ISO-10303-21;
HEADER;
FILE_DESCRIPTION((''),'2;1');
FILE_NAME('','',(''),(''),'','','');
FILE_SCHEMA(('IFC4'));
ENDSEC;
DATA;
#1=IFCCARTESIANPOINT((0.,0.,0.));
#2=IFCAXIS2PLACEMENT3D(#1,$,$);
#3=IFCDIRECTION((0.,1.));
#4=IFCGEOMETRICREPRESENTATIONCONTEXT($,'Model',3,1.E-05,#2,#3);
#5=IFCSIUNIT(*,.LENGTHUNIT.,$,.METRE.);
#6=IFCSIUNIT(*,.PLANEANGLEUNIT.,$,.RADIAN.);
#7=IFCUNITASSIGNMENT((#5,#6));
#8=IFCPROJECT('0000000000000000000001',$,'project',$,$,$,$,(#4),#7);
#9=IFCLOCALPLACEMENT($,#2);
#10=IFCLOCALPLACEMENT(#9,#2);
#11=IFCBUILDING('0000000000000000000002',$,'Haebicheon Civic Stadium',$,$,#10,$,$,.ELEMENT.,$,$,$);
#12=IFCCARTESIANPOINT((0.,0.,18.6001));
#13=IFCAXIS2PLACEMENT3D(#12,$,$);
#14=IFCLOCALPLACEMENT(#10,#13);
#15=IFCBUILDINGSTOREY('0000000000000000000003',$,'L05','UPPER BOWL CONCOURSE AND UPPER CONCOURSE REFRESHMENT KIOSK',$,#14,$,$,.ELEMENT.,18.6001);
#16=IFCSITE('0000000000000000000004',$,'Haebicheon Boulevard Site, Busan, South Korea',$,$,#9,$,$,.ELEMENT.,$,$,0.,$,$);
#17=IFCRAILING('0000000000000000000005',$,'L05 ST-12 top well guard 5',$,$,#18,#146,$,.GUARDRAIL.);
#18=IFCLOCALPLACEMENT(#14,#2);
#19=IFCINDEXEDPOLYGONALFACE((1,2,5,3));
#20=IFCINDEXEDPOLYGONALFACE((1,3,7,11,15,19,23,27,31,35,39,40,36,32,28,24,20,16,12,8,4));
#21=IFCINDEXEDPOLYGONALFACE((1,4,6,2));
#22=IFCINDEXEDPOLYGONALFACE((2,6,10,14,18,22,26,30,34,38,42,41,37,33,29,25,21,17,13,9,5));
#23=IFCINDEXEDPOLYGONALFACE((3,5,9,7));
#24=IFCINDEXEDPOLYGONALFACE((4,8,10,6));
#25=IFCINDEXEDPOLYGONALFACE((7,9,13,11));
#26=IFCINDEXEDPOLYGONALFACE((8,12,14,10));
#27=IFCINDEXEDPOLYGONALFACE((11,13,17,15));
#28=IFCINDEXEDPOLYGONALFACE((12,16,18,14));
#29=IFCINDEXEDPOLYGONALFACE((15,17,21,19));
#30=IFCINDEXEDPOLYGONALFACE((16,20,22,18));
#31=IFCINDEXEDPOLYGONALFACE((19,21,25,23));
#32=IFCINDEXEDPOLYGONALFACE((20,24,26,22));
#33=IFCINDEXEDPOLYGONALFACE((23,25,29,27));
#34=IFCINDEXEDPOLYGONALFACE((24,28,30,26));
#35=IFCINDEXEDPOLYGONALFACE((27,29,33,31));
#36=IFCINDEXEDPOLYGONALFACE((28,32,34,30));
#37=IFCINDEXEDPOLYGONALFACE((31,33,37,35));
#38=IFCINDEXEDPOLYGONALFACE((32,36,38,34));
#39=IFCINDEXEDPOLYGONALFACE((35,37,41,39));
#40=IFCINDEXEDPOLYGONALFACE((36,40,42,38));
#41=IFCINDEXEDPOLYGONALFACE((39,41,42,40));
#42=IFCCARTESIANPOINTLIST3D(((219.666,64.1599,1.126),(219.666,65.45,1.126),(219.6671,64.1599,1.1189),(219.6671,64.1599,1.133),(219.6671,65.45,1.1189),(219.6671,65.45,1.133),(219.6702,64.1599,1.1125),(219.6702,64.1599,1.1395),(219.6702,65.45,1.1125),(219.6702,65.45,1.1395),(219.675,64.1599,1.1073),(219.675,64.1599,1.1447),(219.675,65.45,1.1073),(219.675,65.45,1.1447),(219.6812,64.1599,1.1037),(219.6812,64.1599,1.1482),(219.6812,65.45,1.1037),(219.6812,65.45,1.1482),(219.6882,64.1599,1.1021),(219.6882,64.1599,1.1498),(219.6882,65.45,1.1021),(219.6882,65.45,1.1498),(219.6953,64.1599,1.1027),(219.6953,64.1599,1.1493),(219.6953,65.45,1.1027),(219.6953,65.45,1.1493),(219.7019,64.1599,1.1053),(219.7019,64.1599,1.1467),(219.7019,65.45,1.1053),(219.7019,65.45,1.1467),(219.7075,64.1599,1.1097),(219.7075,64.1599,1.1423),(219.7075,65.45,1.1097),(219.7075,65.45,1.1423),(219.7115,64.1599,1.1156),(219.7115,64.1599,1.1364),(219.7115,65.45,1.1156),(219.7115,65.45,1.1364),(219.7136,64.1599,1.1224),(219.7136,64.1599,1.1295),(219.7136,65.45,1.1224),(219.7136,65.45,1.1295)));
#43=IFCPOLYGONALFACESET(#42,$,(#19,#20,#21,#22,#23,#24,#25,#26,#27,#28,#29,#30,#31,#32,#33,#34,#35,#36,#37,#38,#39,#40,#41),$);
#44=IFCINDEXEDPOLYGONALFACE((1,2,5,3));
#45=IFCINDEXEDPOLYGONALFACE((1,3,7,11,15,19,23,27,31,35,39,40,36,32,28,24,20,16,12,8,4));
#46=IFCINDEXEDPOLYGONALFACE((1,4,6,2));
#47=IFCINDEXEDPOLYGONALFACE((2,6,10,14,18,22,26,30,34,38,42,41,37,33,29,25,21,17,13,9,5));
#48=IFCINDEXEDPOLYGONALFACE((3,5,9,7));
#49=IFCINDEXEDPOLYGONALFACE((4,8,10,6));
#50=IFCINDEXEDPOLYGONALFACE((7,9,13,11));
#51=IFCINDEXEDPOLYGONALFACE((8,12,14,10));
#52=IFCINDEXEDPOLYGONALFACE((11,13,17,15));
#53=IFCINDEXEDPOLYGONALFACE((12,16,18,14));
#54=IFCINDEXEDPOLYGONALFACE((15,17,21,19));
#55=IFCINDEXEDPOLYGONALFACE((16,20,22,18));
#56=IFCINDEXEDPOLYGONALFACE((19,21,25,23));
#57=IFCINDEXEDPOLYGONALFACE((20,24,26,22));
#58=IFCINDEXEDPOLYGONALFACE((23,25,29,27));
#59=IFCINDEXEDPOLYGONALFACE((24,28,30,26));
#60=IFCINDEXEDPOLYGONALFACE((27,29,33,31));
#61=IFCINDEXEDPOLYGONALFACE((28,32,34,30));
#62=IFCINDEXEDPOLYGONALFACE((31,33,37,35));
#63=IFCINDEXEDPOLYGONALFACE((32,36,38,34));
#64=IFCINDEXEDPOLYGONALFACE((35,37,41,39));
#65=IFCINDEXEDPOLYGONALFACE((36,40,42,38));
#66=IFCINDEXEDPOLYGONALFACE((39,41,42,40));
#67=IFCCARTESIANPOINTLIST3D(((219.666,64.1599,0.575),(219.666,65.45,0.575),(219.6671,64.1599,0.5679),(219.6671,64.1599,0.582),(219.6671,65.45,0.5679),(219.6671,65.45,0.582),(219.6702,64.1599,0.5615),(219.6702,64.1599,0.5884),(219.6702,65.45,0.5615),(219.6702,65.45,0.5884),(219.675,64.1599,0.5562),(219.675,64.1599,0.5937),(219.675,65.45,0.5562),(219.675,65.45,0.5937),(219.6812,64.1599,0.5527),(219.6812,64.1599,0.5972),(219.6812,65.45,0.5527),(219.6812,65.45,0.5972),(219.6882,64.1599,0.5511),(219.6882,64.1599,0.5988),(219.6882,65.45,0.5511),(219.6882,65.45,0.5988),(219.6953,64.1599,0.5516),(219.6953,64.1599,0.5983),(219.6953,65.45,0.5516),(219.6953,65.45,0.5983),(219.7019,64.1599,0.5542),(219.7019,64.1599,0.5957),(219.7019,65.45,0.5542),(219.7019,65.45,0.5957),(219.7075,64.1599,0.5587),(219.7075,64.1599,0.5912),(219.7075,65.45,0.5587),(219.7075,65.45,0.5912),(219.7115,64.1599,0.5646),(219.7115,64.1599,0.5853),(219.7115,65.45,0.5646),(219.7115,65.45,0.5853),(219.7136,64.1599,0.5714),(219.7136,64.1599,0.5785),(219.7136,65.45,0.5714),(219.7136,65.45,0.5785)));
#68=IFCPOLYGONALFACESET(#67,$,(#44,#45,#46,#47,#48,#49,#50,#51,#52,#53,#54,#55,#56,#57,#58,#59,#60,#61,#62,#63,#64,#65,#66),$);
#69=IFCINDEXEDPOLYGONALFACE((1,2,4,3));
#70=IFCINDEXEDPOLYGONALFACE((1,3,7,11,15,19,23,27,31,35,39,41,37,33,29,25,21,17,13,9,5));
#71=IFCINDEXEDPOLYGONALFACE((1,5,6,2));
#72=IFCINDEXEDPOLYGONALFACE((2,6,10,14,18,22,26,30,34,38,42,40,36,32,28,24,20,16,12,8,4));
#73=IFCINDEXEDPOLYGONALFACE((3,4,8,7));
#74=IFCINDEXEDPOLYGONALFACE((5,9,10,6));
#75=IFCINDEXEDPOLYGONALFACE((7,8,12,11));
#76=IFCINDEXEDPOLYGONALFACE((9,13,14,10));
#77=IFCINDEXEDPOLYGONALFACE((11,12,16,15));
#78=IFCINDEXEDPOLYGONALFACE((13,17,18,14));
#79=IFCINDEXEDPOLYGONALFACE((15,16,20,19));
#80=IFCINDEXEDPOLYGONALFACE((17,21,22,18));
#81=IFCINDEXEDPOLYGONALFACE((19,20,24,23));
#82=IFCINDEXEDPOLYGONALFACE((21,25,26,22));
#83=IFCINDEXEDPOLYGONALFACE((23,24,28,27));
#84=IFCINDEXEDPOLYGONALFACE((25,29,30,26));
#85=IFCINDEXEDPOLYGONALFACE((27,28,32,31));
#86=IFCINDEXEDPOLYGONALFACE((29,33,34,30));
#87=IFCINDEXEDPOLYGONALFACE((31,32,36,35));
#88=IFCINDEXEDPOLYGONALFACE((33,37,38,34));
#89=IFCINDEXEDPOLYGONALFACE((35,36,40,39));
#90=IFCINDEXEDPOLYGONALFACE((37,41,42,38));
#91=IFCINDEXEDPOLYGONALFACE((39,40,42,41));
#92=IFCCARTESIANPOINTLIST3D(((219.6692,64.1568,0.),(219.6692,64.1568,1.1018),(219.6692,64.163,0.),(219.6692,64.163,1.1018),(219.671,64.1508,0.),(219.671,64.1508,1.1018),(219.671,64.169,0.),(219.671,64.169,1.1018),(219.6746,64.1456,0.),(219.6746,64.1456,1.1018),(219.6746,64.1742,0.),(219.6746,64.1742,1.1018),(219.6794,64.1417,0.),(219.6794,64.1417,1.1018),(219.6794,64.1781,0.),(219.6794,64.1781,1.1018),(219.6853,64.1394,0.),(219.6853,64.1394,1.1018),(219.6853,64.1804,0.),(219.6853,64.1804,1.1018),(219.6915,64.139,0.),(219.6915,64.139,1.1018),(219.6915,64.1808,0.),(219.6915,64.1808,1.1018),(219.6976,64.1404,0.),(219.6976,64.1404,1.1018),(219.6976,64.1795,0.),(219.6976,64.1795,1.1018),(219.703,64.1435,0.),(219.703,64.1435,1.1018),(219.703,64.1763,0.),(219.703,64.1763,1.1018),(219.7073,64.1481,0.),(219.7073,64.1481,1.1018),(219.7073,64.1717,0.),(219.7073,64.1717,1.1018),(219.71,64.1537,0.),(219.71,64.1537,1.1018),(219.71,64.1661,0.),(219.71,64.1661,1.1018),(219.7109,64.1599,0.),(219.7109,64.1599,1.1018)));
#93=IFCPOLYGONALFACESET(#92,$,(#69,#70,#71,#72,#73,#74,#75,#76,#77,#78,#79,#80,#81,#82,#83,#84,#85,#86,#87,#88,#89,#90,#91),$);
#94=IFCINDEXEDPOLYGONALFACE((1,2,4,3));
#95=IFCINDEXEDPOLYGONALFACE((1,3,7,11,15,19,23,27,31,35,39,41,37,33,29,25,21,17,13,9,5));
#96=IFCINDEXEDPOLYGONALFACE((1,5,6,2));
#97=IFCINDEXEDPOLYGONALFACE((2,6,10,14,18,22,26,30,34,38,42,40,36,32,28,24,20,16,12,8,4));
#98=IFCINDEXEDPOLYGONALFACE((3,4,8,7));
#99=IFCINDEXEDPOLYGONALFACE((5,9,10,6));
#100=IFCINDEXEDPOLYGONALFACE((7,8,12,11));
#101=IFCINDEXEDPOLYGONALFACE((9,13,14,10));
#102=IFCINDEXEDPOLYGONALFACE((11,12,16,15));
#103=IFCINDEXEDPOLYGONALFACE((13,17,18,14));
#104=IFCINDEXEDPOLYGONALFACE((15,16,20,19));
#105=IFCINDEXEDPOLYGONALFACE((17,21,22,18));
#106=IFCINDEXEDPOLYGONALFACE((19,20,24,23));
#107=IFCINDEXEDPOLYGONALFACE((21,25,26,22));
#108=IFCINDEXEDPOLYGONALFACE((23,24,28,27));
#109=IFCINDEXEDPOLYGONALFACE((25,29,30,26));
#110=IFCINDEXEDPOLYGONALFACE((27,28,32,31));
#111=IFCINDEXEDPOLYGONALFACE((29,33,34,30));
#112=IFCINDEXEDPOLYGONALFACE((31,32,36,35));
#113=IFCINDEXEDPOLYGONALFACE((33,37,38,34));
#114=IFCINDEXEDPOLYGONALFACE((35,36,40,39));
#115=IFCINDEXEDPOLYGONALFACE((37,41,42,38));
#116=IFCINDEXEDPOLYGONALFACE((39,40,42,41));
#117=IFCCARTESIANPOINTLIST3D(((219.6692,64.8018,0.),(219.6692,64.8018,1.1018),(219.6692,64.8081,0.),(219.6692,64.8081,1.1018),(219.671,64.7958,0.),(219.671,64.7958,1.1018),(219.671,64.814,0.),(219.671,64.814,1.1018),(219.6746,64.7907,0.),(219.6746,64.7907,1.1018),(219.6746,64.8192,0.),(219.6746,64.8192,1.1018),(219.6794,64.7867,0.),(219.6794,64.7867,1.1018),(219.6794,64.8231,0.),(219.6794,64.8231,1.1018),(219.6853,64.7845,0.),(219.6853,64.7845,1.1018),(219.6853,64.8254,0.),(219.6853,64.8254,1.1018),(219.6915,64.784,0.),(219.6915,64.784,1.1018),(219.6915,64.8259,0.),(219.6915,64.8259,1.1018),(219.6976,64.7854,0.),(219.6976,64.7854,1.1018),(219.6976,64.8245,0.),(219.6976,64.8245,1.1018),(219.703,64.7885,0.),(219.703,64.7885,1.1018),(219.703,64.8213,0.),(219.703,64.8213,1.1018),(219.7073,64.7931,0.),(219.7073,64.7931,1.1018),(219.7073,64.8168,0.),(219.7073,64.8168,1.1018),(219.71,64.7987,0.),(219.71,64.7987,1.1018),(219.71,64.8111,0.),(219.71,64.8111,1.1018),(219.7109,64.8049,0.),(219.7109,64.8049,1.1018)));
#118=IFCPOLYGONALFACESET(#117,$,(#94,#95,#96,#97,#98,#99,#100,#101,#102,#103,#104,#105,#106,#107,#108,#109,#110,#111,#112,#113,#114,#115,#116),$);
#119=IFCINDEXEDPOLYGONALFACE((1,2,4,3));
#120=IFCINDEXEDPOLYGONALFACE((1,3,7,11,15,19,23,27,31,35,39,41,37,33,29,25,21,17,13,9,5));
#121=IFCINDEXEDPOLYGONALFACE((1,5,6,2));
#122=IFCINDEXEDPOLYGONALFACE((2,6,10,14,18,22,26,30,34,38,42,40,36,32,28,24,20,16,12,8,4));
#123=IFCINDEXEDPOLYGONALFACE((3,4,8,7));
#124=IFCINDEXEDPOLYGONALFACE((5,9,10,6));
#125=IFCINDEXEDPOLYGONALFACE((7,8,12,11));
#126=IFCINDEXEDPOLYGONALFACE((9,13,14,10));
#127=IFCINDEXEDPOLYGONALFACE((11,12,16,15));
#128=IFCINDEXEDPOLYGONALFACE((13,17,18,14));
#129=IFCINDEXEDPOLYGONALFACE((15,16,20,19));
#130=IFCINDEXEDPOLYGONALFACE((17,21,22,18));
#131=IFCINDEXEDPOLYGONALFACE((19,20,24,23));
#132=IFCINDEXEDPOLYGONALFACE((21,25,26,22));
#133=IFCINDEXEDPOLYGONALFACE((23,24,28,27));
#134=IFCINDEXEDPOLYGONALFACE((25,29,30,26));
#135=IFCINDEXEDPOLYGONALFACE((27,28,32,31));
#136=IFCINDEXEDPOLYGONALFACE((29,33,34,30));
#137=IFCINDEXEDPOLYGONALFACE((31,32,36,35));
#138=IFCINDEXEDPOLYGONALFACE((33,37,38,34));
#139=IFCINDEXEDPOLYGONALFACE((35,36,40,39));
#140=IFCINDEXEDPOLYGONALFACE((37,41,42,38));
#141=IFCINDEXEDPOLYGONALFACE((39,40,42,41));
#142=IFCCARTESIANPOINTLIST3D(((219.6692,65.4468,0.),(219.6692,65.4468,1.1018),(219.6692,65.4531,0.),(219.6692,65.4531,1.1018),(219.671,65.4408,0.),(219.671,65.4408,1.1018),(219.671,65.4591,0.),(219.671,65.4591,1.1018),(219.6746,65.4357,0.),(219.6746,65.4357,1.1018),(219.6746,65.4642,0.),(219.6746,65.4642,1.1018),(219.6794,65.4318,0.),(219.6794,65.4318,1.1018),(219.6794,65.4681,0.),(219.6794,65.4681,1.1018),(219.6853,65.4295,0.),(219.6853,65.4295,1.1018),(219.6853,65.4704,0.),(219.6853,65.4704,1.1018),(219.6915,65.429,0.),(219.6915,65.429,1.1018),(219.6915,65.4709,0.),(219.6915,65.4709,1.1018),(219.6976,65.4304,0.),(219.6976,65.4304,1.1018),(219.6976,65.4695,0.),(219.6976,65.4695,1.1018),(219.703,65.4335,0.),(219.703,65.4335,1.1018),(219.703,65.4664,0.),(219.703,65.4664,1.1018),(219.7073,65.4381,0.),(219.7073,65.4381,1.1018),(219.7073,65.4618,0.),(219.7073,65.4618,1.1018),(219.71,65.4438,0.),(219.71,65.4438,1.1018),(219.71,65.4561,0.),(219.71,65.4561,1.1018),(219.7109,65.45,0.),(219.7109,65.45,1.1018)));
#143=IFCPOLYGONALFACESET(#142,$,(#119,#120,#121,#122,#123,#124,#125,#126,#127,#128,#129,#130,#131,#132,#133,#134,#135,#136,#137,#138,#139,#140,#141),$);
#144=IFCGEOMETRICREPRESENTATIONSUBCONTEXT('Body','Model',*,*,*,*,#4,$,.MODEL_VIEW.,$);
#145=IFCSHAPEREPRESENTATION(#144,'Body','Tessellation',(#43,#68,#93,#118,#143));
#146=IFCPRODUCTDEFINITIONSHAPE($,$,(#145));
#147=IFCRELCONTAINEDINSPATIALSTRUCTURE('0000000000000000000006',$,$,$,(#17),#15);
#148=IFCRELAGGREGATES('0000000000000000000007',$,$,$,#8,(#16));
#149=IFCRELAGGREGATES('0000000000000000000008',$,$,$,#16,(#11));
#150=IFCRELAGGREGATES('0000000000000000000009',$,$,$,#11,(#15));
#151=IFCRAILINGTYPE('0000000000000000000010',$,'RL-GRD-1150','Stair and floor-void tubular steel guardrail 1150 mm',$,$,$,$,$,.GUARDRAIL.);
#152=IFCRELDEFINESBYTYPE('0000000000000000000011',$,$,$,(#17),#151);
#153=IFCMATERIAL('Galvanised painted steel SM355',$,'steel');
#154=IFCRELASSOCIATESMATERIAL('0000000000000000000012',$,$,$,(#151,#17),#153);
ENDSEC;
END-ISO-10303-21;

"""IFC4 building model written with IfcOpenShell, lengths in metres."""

from ifc_helpers import new_model, si_unit, direction, frame, origin, origin_2d, place, context, subcontext, project, spatial, circle, extrude, material, type_object, element, save


model = new_model("IFC4")

# Units and contexts
model_context = context("Model", 3, precision=1e-05, world=origin(), true_north=direction((0.0, 1.0)))
body_context = subcontext(model_context, "Body", "Model", "MODEL_VIEW")
ifc_project = project(units=[si_unit("LENGTHUNIT", "METRE"), si_unit("PLANEANGLEUNIT", "RADIAN")], contexts=[model_context])

# Site, building, storey
site_placement = place(None, origin())
site = spatial("IfcSite", under=ifc_project, at=site_placement, Name="Haebicheon Boulevard Site, Busan, South Korea", CompositionType="ELEMENT", RefElevation=0.0)
building_placement = place(site_placement, origin())
building = spatial("IfcBuilding", under=site, at=building_placement, Name="Haebicheon Civic Stadium", CompositionType="ELEMENT")
storey_placement = place(building_placement, frame((0.0, 0.0, 18.6001)))
storey = spatial("IfcBuildingStorey", under=building, at=storey_placement, Name="L05", Description="UPPER BOWL CONCOURSE AND UPPER CONCOURSE REFRESHMENT KIOSK", CompositionType="ELEMENT", Elevation=18.6001)

# Railing
ifc_material_1 = material(Name="Galvanised painted steel SM355", Category="steel")
railing_type = type_object("IfcRailingType", Name="RL-GRD-1150", Description="Stair and floor-void tubular steel guardrail 1150 mm", PredefinedType="GUARDRAIL", material=ifc_material_1)
for number, where, name in (
    (1, (219.6899, 64.1599, 0.0), "L05 ST-12 top well guard 5"),
):
    element("IfcRailing", number, at=place(storey_placement, frame(where)), inside=storey, type_object=railing_type, material=ifc_material_1, Name=name, PredefinedType="GUARDRAIL", context=body_context, shape_type="SweptSolid", body=[
        extrude(circle(Radius=0.0239, at=origin_2d()), frame((0.0, 0.0, 1.126), z_axis=(0.0, 1.0, 0.0), x_axis=(-1.0, 0.0, 0.0)), (0.0, 0.0, 1.0), 1.29),
        extrude(circle(Radius=0.0239, at=origin_2d()), frame((0.0, 0.0, 0.575), z_axis=(0.0, 1.0, 0.0), x_axis=(-1.0, 0.0, 0.0)), (0.0, 0.0, 1.0), 1.29),
        extrude(circle(Radius=0.021, at=origin_2d()), origin(), (0.0, 0.0, 1.0), 1.1018),
        extrude(circle(Radius=0.021, at=origin_2d()), frame((0.0, 0.645, 0.0)), (0.0, 0.0, 1.0), 1.1018),
        extrude(circle(Radius=0.021, at=origin_2d()), frame((0.0, 1.29, 0.0)), (0.0, 0.0, 1.0), 1.1018),
    ])

save(model, "model.ifc")
